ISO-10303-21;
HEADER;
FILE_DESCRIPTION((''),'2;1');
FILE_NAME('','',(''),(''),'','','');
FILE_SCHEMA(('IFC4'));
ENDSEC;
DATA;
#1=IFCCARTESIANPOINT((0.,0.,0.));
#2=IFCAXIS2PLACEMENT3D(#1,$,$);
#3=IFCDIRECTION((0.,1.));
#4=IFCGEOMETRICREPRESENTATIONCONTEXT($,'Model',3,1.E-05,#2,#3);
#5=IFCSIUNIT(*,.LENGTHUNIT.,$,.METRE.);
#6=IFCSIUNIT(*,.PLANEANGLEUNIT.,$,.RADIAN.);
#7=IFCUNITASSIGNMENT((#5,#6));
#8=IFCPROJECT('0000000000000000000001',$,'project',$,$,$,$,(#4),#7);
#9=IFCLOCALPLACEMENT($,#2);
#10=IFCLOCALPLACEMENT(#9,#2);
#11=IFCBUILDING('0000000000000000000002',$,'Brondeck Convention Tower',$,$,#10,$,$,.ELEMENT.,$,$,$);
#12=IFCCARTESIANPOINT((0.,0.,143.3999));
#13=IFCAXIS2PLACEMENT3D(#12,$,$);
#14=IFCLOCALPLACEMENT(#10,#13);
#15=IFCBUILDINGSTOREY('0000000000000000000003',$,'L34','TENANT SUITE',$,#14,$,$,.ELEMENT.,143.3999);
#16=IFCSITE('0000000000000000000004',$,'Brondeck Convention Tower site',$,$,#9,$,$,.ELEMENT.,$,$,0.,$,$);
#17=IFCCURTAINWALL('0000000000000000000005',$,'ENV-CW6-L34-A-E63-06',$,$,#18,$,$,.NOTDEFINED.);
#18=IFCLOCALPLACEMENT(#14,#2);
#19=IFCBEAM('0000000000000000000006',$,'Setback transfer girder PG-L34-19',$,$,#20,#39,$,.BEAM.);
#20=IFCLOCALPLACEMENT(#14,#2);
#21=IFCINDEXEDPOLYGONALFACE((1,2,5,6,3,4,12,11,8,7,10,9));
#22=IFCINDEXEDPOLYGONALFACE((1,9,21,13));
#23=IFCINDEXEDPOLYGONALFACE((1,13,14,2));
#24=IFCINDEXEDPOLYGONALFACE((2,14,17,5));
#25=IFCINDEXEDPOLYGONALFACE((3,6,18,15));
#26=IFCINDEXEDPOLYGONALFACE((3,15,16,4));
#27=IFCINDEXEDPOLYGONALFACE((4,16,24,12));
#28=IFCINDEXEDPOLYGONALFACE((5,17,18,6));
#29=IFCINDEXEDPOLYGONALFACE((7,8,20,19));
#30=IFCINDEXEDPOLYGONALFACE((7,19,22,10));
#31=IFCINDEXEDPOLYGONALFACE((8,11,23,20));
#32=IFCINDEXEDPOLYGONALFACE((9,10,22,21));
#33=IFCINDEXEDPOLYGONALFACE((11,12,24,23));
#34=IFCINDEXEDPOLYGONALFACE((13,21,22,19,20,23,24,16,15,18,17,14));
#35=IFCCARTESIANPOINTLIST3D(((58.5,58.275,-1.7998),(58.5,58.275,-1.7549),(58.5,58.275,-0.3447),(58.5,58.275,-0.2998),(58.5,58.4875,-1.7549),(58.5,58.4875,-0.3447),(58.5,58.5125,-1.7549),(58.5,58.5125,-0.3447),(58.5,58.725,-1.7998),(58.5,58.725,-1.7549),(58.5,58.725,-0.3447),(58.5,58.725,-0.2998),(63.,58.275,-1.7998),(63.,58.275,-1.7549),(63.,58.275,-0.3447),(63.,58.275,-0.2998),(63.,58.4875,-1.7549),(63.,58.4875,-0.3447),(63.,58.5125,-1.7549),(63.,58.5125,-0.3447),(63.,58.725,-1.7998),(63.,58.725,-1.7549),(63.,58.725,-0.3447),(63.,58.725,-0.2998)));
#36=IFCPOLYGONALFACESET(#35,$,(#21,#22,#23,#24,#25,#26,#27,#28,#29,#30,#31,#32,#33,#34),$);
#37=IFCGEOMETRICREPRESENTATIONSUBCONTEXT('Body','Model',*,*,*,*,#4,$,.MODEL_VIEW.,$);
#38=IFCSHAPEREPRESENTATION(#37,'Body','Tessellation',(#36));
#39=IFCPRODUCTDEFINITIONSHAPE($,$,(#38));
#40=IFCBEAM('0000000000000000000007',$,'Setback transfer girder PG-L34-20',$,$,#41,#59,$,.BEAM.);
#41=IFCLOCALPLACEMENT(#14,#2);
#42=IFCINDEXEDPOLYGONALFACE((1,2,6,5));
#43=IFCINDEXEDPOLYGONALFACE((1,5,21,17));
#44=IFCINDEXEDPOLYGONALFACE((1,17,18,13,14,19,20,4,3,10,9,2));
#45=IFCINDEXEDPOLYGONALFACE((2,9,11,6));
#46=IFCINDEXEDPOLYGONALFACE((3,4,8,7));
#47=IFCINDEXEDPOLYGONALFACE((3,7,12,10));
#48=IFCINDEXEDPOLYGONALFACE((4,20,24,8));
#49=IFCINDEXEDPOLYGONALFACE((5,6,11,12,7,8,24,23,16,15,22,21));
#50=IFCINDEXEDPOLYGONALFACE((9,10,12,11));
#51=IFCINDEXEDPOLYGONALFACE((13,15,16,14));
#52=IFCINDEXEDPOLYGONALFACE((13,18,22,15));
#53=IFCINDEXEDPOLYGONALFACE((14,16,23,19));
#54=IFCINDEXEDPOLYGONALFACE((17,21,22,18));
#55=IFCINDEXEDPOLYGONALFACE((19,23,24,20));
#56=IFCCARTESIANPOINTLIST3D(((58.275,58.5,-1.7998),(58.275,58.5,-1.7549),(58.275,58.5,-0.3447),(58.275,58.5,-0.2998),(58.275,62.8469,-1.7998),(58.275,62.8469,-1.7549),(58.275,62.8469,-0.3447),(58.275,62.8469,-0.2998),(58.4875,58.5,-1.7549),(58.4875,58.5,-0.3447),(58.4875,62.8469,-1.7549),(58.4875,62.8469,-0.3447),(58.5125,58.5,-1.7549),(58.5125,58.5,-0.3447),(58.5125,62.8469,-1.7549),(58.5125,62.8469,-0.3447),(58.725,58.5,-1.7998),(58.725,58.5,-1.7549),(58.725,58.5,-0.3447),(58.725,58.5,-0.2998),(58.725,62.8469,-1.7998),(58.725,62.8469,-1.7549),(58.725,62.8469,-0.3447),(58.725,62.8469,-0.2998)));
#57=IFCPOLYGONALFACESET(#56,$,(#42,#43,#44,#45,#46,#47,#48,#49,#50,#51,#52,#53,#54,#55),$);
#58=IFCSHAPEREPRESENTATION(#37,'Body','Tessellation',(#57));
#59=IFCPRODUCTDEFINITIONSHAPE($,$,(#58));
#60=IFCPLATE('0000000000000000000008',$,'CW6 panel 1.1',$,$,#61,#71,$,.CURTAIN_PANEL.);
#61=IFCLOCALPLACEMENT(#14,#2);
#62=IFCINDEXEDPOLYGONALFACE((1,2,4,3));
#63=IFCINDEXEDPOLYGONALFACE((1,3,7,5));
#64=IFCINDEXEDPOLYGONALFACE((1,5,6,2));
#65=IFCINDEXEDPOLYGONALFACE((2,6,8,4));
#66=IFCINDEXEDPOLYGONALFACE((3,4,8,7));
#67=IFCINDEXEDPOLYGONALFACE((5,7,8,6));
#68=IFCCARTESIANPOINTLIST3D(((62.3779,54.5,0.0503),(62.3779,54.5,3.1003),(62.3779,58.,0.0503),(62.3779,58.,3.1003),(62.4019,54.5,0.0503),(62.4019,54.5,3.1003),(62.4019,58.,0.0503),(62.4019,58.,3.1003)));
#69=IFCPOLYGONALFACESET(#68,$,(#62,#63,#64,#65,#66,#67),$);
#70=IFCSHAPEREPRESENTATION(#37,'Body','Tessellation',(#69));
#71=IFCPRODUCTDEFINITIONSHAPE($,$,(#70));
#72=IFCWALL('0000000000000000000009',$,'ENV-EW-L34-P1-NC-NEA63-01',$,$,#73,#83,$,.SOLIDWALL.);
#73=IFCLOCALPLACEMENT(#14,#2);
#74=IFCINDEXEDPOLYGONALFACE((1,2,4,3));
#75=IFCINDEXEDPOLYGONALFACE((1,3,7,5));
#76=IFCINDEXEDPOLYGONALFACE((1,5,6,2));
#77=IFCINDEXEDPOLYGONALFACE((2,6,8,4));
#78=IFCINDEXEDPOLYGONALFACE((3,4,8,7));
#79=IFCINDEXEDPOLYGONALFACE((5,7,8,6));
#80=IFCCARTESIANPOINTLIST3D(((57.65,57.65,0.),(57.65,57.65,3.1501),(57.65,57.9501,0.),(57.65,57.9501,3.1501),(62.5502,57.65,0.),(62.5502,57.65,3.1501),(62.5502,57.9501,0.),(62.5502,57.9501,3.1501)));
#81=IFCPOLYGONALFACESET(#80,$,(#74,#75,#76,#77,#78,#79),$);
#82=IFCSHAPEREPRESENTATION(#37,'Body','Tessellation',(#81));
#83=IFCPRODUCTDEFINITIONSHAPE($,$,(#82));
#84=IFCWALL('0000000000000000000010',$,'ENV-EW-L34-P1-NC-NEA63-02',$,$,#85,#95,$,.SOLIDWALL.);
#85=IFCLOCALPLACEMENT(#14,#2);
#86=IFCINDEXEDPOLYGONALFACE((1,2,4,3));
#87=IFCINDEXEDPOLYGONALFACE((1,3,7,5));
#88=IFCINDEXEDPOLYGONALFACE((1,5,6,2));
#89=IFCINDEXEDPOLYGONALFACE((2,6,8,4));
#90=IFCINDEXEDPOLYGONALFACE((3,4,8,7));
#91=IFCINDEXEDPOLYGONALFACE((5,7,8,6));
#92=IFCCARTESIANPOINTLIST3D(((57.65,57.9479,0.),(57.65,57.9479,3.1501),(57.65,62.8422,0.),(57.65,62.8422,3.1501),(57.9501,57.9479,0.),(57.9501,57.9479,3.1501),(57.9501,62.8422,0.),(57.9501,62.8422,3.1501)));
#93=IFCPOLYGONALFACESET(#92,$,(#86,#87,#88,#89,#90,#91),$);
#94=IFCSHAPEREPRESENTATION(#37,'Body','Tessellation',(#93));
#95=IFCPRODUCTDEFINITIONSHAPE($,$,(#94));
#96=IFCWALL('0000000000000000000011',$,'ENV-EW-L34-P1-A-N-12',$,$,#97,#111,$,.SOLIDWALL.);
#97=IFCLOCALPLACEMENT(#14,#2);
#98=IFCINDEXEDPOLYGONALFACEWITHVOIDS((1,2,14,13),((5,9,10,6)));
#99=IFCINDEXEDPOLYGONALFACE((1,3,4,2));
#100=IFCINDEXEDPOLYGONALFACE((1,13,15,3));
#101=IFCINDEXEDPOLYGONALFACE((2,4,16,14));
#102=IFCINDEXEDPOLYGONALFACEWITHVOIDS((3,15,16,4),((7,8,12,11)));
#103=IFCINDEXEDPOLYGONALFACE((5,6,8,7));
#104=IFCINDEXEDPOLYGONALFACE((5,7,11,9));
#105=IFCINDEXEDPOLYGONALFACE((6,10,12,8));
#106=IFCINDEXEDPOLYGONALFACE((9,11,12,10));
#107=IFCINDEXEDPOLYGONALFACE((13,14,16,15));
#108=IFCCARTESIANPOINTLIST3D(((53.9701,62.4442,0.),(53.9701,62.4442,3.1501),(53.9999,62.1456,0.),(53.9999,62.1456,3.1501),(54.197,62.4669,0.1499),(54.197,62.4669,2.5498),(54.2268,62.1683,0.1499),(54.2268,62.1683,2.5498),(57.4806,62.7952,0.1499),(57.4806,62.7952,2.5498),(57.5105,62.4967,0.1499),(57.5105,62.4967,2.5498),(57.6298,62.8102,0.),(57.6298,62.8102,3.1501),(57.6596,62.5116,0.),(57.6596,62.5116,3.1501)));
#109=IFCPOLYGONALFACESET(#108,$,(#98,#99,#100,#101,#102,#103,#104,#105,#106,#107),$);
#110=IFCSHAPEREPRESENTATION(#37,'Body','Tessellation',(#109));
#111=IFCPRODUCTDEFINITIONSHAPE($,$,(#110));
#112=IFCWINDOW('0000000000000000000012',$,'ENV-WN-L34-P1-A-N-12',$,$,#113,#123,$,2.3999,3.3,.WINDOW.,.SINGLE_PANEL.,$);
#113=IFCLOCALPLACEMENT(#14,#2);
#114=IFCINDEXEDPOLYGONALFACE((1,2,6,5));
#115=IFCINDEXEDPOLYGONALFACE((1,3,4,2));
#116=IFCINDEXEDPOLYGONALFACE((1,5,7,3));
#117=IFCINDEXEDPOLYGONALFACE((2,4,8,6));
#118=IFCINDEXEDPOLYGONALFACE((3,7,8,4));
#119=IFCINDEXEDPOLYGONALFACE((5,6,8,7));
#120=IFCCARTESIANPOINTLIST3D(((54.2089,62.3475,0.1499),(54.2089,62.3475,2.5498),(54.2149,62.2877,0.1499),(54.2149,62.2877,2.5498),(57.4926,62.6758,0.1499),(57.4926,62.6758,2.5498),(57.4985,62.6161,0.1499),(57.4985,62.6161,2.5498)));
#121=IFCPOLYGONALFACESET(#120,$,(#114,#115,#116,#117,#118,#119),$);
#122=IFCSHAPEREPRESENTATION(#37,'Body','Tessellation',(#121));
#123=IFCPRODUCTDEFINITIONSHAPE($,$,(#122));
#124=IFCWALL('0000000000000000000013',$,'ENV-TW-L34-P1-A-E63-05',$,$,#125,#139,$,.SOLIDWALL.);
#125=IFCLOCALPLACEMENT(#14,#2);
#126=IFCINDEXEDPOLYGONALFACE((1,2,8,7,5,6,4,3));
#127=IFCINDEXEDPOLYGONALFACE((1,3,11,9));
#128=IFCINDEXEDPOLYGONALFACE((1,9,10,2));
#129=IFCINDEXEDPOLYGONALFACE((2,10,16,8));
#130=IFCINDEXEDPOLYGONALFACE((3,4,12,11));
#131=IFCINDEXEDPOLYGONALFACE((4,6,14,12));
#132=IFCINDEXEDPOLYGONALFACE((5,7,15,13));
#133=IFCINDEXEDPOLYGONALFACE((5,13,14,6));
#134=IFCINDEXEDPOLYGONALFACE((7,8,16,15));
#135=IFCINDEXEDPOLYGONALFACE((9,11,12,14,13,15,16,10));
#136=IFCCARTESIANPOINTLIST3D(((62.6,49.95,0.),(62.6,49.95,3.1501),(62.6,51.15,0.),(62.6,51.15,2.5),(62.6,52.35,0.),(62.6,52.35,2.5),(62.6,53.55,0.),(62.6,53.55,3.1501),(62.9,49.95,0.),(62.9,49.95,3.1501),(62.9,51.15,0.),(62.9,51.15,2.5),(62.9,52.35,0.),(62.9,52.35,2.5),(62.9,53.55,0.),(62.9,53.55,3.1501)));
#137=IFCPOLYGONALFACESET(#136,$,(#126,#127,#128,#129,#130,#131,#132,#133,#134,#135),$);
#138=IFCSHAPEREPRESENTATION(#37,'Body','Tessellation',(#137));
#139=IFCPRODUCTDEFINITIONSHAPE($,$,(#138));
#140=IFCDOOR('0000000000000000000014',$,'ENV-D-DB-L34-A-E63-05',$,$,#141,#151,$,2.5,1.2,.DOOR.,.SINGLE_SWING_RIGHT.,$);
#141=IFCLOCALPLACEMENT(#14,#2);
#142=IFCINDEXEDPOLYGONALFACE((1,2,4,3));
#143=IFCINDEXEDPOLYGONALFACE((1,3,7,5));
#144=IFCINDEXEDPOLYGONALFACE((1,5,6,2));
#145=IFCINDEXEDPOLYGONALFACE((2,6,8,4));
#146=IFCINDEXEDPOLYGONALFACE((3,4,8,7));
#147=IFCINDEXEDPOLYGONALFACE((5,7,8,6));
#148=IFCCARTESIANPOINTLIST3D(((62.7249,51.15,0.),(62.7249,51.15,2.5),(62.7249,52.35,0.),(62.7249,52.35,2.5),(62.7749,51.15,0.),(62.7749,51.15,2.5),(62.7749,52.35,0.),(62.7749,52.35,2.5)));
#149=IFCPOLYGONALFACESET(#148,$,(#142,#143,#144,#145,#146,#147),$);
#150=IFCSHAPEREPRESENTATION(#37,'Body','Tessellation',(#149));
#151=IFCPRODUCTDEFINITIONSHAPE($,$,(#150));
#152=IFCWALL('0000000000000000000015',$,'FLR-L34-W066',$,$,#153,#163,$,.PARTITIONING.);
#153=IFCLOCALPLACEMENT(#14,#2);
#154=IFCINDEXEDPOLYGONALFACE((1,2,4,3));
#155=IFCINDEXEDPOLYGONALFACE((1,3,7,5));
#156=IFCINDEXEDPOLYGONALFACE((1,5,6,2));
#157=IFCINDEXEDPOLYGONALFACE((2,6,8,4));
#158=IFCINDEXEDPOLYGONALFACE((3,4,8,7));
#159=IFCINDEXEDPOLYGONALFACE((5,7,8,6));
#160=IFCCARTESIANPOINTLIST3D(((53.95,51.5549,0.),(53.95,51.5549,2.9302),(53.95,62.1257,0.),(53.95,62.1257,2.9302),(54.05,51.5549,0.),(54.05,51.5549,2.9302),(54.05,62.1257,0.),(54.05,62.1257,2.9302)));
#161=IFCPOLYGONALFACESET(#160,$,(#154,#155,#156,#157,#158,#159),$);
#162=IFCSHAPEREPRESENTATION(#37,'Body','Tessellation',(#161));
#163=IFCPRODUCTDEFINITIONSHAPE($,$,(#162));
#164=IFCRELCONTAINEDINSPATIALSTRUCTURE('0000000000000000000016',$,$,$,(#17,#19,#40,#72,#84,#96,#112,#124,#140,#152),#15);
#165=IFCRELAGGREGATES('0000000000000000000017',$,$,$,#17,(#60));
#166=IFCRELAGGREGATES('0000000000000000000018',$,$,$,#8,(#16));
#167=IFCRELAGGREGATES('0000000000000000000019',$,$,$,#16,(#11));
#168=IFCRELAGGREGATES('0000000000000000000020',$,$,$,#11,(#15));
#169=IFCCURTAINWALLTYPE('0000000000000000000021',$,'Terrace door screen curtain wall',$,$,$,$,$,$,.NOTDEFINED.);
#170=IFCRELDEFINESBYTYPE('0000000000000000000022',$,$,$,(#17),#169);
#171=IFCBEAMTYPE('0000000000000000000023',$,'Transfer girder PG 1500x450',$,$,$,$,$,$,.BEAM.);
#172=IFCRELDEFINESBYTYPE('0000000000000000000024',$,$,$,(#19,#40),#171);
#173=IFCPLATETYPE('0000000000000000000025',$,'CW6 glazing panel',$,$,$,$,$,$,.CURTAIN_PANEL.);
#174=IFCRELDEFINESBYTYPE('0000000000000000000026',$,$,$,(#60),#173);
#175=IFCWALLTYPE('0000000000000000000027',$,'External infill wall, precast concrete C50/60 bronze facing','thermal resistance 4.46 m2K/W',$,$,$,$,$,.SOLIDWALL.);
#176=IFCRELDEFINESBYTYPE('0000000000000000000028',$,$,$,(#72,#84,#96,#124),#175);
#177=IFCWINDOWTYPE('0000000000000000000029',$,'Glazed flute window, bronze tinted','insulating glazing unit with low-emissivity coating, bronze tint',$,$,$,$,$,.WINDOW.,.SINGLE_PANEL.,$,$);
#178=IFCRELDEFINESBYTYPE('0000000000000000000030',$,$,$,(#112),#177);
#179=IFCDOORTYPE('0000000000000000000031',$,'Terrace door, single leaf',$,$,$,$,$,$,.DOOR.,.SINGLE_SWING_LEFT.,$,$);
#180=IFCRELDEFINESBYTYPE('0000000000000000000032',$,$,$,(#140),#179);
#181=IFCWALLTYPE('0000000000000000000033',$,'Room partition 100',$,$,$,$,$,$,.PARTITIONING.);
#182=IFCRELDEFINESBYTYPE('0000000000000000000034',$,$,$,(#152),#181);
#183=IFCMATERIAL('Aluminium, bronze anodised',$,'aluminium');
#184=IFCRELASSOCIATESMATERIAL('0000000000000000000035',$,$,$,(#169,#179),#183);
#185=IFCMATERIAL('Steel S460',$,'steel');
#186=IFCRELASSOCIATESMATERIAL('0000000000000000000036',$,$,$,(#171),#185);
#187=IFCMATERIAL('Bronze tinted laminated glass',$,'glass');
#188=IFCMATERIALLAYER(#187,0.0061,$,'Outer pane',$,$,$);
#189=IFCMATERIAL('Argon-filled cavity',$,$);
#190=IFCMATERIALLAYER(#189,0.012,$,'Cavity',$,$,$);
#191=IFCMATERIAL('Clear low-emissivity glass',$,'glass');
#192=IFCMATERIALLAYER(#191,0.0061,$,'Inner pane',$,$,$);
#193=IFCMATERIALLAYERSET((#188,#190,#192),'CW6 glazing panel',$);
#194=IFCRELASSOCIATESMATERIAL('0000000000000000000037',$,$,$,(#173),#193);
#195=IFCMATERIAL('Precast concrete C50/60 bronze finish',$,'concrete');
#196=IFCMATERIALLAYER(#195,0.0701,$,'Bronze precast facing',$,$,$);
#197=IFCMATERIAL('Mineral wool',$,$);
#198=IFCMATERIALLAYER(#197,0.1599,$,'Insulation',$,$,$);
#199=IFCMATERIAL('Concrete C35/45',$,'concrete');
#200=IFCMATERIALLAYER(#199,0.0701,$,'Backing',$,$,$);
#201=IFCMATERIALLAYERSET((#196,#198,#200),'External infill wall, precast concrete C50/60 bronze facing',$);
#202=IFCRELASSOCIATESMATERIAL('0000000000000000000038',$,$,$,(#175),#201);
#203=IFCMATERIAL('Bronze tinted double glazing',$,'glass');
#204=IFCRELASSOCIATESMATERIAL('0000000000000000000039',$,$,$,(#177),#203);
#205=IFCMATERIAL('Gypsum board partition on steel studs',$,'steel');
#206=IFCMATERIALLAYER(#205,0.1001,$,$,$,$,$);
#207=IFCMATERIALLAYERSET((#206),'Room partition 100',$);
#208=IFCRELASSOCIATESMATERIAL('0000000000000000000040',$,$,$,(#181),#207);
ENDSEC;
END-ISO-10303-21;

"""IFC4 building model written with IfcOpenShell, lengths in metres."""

from ifc_helpers import new_model, si_unit, direction, frame, frame_2d, origin, origin_2d, place, context, subcontext, project, spatial, rectangle, i_section, extrude, material, layer, layer_set, material_profile, profile_set, type_object, element, fill, aggregate, save


model = new_model("IFC4")

# Units and contexts
model_context = context("Model", 3, precision=1e-05, world=origin(), true_north=direction((0.0, 1.0)))
body_context = subcontext(model_context, "Body", "Model", "MODEL_VIEW")
ifc_project = project(units=[si_unit("LENGTHUNIT", "METRE"), si_unit("PLANEANGLEUNIT", "RADIAN")], contexts=[model_context])

# Site, building, storey
site_placement = place(None, origin())
site = spatial("IfcSite", under=ifc_project, at=site_placement, Name="Brondeck Convention Tower site", CompositionType="ELEMENT", RefElevation=0.0)
building_placement = place(site_placement, origin())
building = spatial("IfcBuilding", under=site, at=building_placement, Name="Brondeck Convention Tower", CompositionType="ELEMENT")
storey_placement = place(building_placement, frame((0.0, 0.0, 143.3999)))
storey = spatial("IfcBuildingStorey", under=building, at=storey_placement, Name="L34", Description="TENANT SUITE", CompositionType="ELEMENT", Elevation=143.3999)

# Curtain wall
ifc_material_1 = material(Name="Aluminium, bronze anodised", Category="aluminium")
curtain_wall_type = type_object("IfcCurtainWallType", Name="Terrace door screen curtain wall", PredefinedType="NOTDEFINED", material=ifc_material_1)
curtain_wall_placement = place(storey_placement, origin())
curtain_wall = element("IfcCurtainWall", 1, at=curtain_wall_placement, inside=storey, type_object=curtain_wall_type, Name="ENV-CW6-L34-A-E63-06", PredefinedType="NOTDEFINED")

# Beams
ifc_material_2 = material(Name="Steel S460", Category="steel")
ifc_material_profile_1 = material_profile(ifc_material_2, i_section(OverallWidth=0.45, OverallDepth=1.5, WebThickness=0.0249, FlangeThickness=0.0449, at=origin_2d()), Name="PG 1500x450")
ifc_profile_set_1 = profile_set([ifc_material_profile_1], Name="Steel S460")
beam_type_1 = type_object("IfcBeamType", Name="Transfer girder PG 1500x450", PredefinedType="BEAM", material=ifc_profile_set_1)
for number, where, z_axis, x_axis, name in (
    (2, (63.0, 58.5, -1.0498), (-1.0, 0.0, 0.0), (0.0, -1.0, 0.0), "Setback transfer girder PG-L34-19"),
):
    element("IfcBeam", number, at=place(storey_placement, frame(where, z_axis=z_axis, x_axis=x_axis)), inside=storey, type_object=beam_type_1, Name=name, PredefinedType="BEAM", context=body_context, shape_type="SweptSolid", body=[
        extrude(i_section(OverallWidth=0.45, OverallDepth=1.5, WebThickness=0.0249, FlangeThickness=0.0449, at=origin_2d()), origin(), (0.0, 0.0, 1.0), 4.5),
    ])
beam_1_placement = place(storey_placement, frame((58.5, 58.5, -1.0498), z_axis=(0.0, 1.0, 0.0), x_axis=(-1.0, 0.0, 0.0)))
element("IfcBeam", 3, at=beam_1_placement, inside=storey, type_object=beam_type_1, Name="Setback transfer girder PG-L34-20", PredefinedType="BEAM", context=body_context, shape_type="SweptSolid", body=[
    extrude(i_section(OverallWidth=0.45, OverallDepth=1.5, WebThickness=0.0249, FlangeThickness=0.0449, at=origin_2d()), origin(), (0.0, 0.0, 1.0), 4.3469),
])

# Plate
ifc_material_3 = material(Name="Bronze tinted laminated glass", Category="glass")
ifc_layer_1 = layer(ifc_material_3, 0.0061, Name="Outer pane")
ifc_material_4 = material(Name="Argon-filled cavity")
ifc_layer_2 = layer(ifc_material_4, 0.012, Name="Cavity")
ifc_material_5 = material(Name="Clear low-emissivity glass", Category="glass")
ifc_layer_3 = layer(ifc_material_5, 0.0061, Name="Inner pane")
ifc_layer_set_1 = layer_set([ifc_layer_1, ifc_layer_2, ifc_layer_3], Name="CW6 glazing panel")
plate_type = type_object("IfcPlateType", Name="CW6 glazing panel", PredefinedType="CURTAIN_PANEL", material=ifc_layer_set_1)
plate_placement = place(storey_placement, frame((62.3899, 56.25, 0.0503), z_axis=(0.0, 0.0, 1.0), x_axis=(0.0, -1.0, 0.0)))
plate = element("IfcPlate", 4, at=plate_placement, type_object=plate_type, Name="CW6 panel 1.1", PredefinedType="CURTAIN_PANEL", context=body_context, shape_type="SweptSolid", body=[
    extrude(rectangle(XDim=3.5, YDim=0.0239, at=origin_2d()), origin(), (0.0, 0.0, 1.0), 3.05),
])
aggregate(curtain_wall, [plate])

# Walls
ifc_material_6 = material(Name="Precast concrete C50/60 bronze finish", Category="concrete")
ifc_layer_4 = layer(ifc_material_6, 0.0701, Name="Bronze precast facing")
ifc_material_7 = material(Name="Mineral wool")
ifc_layer_5 = layer(ifc_material_7, 0.1599, Name="Insulation")
ifc_material_8 = material(Name="Concrete C35/45", Category="concrete")
ifc_layer_6 = layer(ifc_material_8, 0.0701, Name="Backing")
ifc_layer_set_2 = layer_set([ifc_layer_4, ifc_layer_5, ifc_layer_6], Name="External infill wall, precast concrete C50/60 bronze facing")
wall_type_1 = type_object("IfcWallType", Name="External infill wall, precast concrete C50/60 bronze facing", Description="thermal resistance 4.46 m2K/W", PredefinedType="SOLIDWALL", material=ifc_layer_set_2)
wall_1_placement = place(storey_placement, frame((57.6499, 57.8, 0.0), z_axis=(0.0, 0.0, 1.0), x_axis=(1.0, 0.0, 0.0)))
element("IfcWall", 5, at=wall_1_placement, inside=storey, type_object=wall_type_1, Name="ENV-EW-L34-P1-NC-NEA63-01", PredefinedType="SOLIDWALL", context=body_context, shape_type="SweptSolid", body=[
    extrude(rectangle(XDim=4.9001, YDim=0.3, at=frame_2d((2.4502, 0.0))), origin(), (0.0, 0.0, 1.0), 3.1501),
])
wall_2_placement = place(storey_placement, frame((57.8, 62.8423, 0.0), z_axis=(0.0, 0.0, 1.0), x_axis=(0.0, -1.0, 0.0)))
element("IfcWall", 6, at=wall_2_placement, inside=storey, type_object=wall_type_1, Name="ENV-EW-L34-P1-NC-NEA63-02", PredefinedType="SOLIDWALL", context=body_context, shape_type="SweptSolid", body=[
    extrude(rectangle(XDim=4.8943, YDim=0.3, at=frame_2d((2.4473, 0.0))), origin(), (0.0, 0.0, 1.0), 3.1501),
])

# Wall, opening, window
wall_3_placement = place(storey_placement, frame((53.9851, 62.2949, 0.0), z_axis=(0.0, 0.0, 1.0), x_axis=(0.995037, 0.099504, 0.0)))
wall_3 = element("IfcWall", 7, at=wall_3_placement, inside=storey, type_object=wall_type_1, Name="ENV-EW-L34-P1-A-N-12", PredefinedType="SOLIDWALL", context=body_context, shape_type="SweptSolid", body=[
    extrude(rectangle(XDim=3.678, YDim=0.3, at=frame_2d((1.8389, 0.0))), origin(), (0.0, 0.0, 1.0), 3.1501),
])
opening_1_placement = place(wall_3_placement, frame((0.228, 0.0, 0.1499)))
opening_1 = element("IfcOpeningElement", 8, at=opening_1_placement, cuts=wall_3, PredefinedType="OPENING", context=body_context, shape_type="SweptSolid", body=[
    extrude(rectangle(XDim=3.3, YDim=2.3999, at=frame_2d((1.6499, 1.2))), frame((0.0, 0.1599, 0.0), z_axis=(0.0, -1.0, 0.0), x_axis=(1.0, 0.0, 0.0)), (0.0, 0.0, 1.0), 0.3201),
])
ifc_material_9 = material(Name="Bronze tinted double glazing", Category="glass")
window_type = type_object("IfcWindowType", Name="Glazed flute window, bronze tinted", Description="insulating glazing unit with low-emissivity coating, bronze tint", PartitioningType="SINGLE_PANEL", PredefinedType="WINDOW", material=ifc_material_9)
window_placement = place(opening_1_placement, origin())
window = element("IfcWindow", 9, at=window_placement, inside=storey, type_object=window_type, Name="ENV-WN-L34-P1-A-N-12", OverallHeight=2.3999, OverallWidth=3.3, PartitioningType="SINGLE_PANEL", PredefinedType="WINDOW", context=body_context, shape_type="SweptSolid", body=[
    extrude(rectangle(XDim=3.3, YDim=2.3999, at=frame_2d((1.6499, 1.2))), frame((0.0, 0.03, 0.0), z_axis=(0.0, -1.0, 0.0), x_axis=(1.0, 0.0, 0.0)), (0.0, 0.0, 1.0), 0.0601),
])
fill(opening_1, window)

# Wall, opening, door
wall_4_placement = place(storey_placement, frame((62.75, 53.55, 0.0), z_axis=(0.0, 0.0, 1.0), x_axis=(0.0, -1.0, 0.0)))
wall_4 = element("IfcWall", 10, at=wall_4_placement, inside=storey, type_object=wall_type_1, Name="ENV-TW-L34-P1-A-E63-05", PredefinedType="SOLIDWALL", context=body_context, shape_type="SweptSolid", body=[
    extrude(rectangle(XDim=3.6001, YDim=0.3, at=frame_2d((1.8, 0.0))), origin(), (0.0, 0.0, 1.0), 3.1501),
])
opening_2_placement = place(wall_4_placement, frame((1.2, 0.0, 0.0)))
opening_2 = element("IfcOpeningElement", 11, at=opening_2_placement, cuts=wall_4, PredefinedType="OPENING", context=body_context, shape_type="SweptSolid", body=[
    extrude(rectangle(XDim=1.2, YDim=2.5, at=frame_2d((0.6001, 1.25))), frame((0.0, 0.1599, 0.0), z_axis=(0.0, -1.0, 0.0), x_axis=(1.0, 0.0, 0.0)), (0.0, 0.0, 1.0), 0.3201),
])
door_type = type_object("IfcDoorType", Name="Terrace door, single leaf", OperationType="SINGLE_SWING_LEFT", PredefinedType="DOOR", material=ifc_material_1)
door_placement = place(opening_2_placement, origin())
door = element("IfcDoor", 12, at=door_placement, inside=storey, type_object=door_type, Name="ENV-D-DB-L34-A-E63-05", OperationType="SINGLE_SWING_RIGHT", OverallHeight=2.5, OverallWidth=1.2, PredefinedType="DOOR", context=body_context, shape_type="SweptSolid", body=[
    extrude(rectangle(XDim=1.2, YDim=2.5, at=frame_2d((0.6001, 1.25))), frame((0.0, 0.0249, 0.0), z_axis=(0.0, -1.0, 0.0), x_axis=(1.0, 0.0, 0.0)), (0.0, 0.0, 1.0), 0.05),
])
fill(opening_2, door)

# Wall
ifc_material_10 = material(Name="Gypsum board partition on steel studs", Category="steel")
ifc_layer_7 = layer(ifc_material_10, 0.1001)
ifc_layer_set_3 = layer_set([ifc_layer_7], Name="Room partition 100")
wall_type_2 = type_object("IfcWallType", Name="Room partition 100", PredefinedType="PARTITIONING", material=ifc_layer_set_3)
wall_5_placement = place(storey_placement, frame((54.0, 51.5549, 0.0), z_axis=(0.0, 0.0, 1.0), x_axis=(0.0, 1.0, 0.0)))
element("IfcWall", 13, at=wall_5_placement, inside=storey, type_object=wall_type_2, Name="FLR-L34-W066", PredefinedType="PARTITIONING", context=body_context, shape_type="SweptSolid", body=[
    extrude(rectangle(XDim=10.5708, YDim=0.1001, at=frame_2d((5.2854, 0.0))), origin(), (0.0, 0.0, 1.0), 2.9302),
])

save(model, "model.ifc")
